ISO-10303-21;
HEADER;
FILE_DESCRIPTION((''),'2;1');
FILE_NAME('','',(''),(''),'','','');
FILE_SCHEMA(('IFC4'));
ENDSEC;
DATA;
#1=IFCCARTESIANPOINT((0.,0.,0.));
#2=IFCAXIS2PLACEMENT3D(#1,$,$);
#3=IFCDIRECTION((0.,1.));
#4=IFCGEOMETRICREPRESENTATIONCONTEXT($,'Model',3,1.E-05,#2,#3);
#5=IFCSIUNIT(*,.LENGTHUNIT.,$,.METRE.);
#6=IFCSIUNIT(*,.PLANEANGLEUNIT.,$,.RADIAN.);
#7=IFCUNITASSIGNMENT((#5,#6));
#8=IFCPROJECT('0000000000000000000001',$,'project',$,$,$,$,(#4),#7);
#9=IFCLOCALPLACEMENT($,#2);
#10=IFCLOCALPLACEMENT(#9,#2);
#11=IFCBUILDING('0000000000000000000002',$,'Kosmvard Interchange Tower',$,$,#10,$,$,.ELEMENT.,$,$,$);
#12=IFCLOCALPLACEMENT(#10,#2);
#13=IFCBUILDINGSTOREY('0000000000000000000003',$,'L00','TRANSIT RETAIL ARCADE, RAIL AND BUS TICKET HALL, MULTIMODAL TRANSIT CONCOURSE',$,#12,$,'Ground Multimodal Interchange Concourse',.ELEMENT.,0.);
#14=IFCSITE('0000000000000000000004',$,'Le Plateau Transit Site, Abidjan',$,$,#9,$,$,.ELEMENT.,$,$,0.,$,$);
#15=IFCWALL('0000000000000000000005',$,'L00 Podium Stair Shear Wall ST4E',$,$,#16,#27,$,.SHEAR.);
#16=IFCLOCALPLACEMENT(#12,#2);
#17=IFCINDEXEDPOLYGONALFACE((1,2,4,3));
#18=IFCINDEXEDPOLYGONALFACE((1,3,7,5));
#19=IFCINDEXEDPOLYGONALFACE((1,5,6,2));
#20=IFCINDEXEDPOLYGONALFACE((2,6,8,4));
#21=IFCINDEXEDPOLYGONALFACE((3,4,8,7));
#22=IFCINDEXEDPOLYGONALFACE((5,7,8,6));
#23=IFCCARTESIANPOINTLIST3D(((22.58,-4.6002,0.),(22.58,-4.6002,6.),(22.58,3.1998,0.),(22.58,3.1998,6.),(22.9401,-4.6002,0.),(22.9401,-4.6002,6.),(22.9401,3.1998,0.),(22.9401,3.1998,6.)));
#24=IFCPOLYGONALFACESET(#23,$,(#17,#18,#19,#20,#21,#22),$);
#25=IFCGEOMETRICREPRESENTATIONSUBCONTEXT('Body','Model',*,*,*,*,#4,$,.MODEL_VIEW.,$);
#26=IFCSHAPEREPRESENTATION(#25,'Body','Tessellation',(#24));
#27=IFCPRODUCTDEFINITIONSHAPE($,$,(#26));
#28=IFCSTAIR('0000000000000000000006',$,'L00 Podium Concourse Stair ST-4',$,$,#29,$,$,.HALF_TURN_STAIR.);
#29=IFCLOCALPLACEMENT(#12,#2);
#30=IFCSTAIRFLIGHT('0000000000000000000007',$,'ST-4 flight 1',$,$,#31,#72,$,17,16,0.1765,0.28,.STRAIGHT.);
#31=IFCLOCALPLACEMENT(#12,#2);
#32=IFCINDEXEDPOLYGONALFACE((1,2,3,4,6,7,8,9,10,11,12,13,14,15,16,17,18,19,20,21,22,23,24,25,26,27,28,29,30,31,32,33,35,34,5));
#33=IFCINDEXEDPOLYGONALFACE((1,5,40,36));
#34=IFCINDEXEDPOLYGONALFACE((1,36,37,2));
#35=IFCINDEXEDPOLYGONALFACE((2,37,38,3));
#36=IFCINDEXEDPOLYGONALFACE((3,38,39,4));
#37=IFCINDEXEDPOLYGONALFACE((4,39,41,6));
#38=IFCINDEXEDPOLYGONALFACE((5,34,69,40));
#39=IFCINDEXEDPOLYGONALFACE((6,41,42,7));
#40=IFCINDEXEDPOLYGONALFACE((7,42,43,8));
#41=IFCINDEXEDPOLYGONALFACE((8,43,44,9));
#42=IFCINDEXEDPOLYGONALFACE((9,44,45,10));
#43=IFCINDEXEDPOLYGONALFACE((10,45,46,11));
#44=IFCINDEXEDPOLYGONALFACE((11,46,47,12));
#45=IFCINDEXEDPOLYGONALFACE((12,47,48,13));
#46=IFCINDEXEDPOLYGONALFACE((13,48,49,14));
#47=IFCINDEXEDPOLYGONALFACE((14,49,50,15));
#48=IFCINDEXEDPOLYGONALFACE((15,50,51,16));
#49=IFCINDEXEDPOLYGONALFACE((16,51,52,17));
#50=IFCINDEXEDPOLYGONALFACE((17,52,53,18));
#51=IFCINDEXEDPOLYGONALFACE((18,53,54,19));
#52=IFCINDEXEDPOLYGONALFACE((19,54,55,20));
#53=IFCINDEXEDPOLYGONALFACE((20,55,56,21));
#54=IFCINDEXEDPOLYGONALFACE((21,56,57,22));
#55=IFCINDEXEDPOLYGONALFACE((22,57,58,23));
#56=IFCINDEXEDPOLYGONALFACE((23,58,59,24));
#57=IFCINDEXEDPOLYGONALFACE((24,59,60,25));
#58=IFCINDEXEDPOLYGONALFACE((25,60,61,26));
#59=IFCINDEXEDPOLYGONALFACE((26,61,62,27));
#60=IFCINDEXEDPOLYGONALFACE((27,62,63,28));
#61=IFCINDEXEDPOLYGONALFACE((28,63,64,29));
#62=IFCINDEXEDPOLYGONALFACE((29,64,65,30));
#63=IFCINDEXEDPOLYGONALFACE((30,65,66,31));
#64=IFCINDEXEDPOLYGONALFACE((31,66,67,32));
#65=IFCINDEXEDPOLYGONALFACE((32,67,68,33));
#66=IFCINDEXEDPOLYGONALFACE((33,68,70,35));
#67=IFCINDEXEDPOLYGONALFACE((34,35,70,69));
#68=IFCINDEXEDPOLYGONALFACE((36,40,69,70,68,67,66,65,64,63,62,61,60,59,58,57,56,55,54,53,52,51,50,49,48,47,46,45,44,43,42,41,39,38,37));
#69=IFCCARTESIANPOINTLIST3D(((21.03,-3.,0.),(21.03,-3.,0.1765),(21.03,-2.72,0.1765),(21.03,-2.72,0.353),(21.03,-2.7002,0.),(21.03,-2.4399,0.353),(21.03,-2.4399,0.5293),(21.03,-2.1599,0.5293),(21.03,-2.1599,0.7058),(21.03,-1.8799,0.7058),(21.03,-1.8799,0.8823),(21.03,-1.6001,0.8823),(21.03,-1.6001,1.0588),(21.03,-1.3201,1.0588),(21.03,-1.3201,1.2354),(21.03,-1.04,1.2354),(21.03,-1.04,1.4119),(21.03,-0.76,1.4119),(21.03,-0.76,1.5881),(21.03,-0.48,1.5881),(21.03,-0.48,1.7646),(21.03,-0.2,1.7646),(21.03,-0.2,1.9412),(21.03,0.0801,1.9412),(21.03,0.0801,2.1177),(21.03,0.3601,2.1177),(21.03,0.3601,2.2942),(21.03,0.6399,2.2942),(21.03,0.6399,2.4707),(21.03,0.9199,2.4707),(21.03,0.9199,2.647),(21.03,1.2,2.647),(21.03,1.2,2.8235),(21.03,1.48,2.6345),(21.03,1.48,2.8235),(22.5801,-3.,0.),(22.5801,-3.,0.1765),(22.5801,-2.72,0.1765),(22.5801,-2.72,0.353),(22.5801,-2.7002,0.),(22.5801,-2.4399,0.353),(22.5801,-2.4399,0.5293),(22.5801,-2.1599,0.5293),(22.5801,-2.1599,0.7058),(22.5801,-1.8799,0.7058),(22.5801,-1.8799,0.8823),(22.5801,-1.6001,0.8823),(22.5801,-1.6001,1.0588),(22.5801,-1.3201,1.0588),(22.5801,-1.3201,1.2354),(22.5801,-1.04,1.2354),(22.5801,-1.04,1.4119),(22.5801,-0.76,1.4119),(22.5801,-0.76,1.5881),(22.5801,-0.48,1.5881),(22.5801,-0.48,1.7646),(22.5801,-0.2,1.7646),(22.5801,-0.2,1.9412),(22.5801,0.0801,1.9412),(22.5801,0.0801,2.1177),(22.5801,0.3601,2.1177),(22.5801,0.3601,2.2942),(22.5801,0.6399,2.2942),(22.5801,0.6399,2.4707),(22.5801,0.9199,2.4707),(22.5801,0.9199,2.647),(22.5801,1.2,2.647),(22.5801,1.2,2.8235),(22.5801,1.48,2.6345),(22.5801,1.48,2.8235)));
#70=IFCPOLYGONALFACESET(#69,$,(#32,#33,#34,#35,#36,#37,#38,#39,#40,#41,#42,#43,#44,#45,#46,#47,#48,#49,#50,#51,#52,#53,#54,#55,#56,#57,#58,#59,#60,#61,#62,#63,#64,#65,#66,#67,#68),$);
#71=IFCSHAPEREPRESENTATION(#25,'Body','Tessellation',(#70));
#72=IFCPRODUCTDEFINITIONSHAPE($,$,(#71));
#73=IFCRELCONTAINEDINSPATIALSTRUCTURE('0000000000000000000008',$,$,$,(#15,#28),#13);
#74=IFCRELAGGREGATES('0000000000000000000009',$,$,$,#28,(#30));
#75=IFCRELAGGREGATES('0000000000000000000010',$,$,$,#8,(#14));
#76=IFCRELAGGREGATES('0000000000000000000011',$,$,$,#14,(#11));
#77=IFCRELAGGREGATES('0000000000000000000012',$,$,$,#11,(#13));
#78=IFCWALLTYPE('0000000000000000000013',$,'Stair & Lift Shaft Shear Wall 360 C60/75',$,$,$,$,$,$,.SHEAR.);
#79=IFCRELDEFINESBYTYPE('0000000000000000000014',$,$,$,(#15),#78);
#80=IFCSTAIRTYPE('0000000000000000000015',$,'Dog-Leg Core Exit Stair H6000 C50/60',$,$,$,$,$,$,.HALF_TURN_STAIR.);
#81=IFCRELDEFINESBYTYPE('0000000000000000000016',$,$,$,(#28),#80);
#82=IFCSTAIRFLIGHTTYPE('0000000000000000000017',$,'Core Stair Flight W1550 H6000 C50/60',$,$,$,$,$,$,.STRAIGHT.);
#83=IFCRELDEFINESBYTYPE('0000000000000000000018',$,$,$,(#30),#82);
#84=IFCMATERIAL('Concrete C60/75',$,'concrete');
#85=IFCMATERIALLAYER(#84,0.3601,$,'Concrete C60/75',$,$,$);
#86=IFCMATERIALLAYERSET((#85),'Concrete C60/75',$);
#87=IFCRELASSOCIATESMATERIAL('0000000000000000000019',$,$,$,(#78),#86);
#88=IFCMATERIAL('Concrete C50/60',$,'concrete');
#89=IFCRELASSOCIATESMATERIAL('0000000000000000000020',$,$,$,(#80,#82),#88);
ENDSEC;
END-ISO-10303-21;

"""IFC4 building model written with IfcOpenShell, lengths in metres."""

from ifc_helpers import new_model, si_unit, direction, frame, frame_2d, origin, place, context, subcontext, project, spatial, polyline, rectangle, outline, extrude, source, transform, mapped, material, layer, layer_set, type_object, element, aggregate, save


model = new_model("IFC4")

# Units and contexts
model_context = context("Model", 3, precision=1e-05, world=origin(), true_north=direction((0.0, 1.0)))
body_context = subcontext(model_context, "Body", "Model", "MODEL_VIEW")
ifc_project = project(units=[si_unit("LENGTHUNIT", "METRE"), si_unit("PLANEANGLEUNIT", "RADIAN")], contexts=[model_context])

# Site, building, storey
site_placement = place(None, origin())
site = spatial("IfcSite", under=ifc_project, at=site_placement, Name="Le Plateau Transit Site, Abidjan", CompositionType="ELEMENT", RefElevation=0.0)
building_placement = place(site_placement, origin())
building = spatial("IfcBuilding", under=site, at=building_placement, Name="Kosmvard Interchange Tower", CompositionType="ELEMENT")
storey_placement = place(building_placement, origin())
storey = spatial("IfcBuildingStorey", under=building, at=storey_placement, Name="L00", Description="TRANSIT RETAIL ARCADE, RAIL AND BUS TICKET HALL, MULTIMODAL TRANSIT CONCOURSE", LongName="Ground Multimodal Interchange Concourse", CompositionType="ELEMENT", Elevation=0.0)

# Shared definitions
ifc_material_1 = material(Name="Concrete C60/75", Category="concrete")

# Shared definitions
ifc_layer_1 = layer(ifc_material_1, 0.3601, Name="Concrete C60/75")
ifc_layer_set_1 = layer_set([ifc_layer_1], Name="Concrete C60/75")
wall_type_1 = type_object("IfcWallType", Name="Stair & Lift Shaft Shear Wall 360 C60/75", PredefinedType="SHEAR", material=ifc_layer_set_1)

# Wall
for number, where, z_axis, x_axis, name in (
    (1, (22.76, -4.6001, 0.0), (0.0, 0.0, 1.0), (0.0, 1.0, 0.0), "L00 Podium Stair Shear Wall ST4E"),
):
    element("IfcWall", number, at=place(storey_placement, frame(where, z_axis=z_axis, x_axis=x_axis)), inside=storey, type_object=wall_type_1, Name=name, PredefinedType="SHEAR", context=body_context, shape_type="SweptSolid", body=[
        extrude(rectangle(XDim=7.8, YDim=0.3601, at=frame_2d((3.8999, 0.0))), origin(), (0.0, 0.0, 1.0), 6.0),
    ])

# Stair, stair flight
ifc_material_2 = material(Name="Concrete C50/60", Category="concrete")
stair_type = type_object("IfcStairType", Name="Dog-Leg Core Exit Stair H6000 C50/60", PredefinedType="HALF_TURN_STAIR", material=ifc_material_2)
stair_placement = place(storey_placement, origin())
stair = element("IfcStair", 2, at=stair_placement, inside=storey, type_object=stair_type, Name="L00 Podium Concourse Stair ST-4", PredefinedType="HALF_TURN_STAIR")
stair_flight_type = type_object("IfcStairFlightType", Name="Core Stair Flight W1550 H6000 C50/60", PredefinedType="STRAIGHT", material=ifc_material_2)
shared_shape_1 = source(origin(), body_context, "Body", "SweptSolid", [
    extrude(outline(polyline([(0.0, 0.0), (0.0, 0.1765), (0.28, 0.1765), (0.28, 0.353), (0.5601, 0.353), (0.5601, 0.5293), (0.8401, 0.5293), (0.8401, 0.7058), (1.1201, 0.7058), (1.1201, 0.8823), (1.3999, 0.8823), (1.3999, 1.0588), (1.6799, 1.0588), (1.6799, 1.2354), (1.96, 1.2354), (1.96, 1.4119), (2.24, 1.4119), (2.24, 1.5881), (2.52, 1.5881), (2.52, 1.7646), (2.8, 1.7646), (2.8, 1.9412), (3.0801, 1.9412), (3.0801, 2.1177), (3.3601, 2.1177), (3.3601, 2.2942), (3.6399, 2.2942), (3.6399, 2.4707), (3.9199, 2.4707), (3.9199, 2.647), (4.2, 2.647), (4.2, 2.8235), (4.48, 2.8235), (4.48, 3.0), (4.48, 2.6345), (0.2998, 0.0), (0.0, 0.0)])), frame((0.0, 0.7749, 0.0), z_axis=(0.0, -1.0, 0.0), x_axis=(1.0, 0.0, 0.0)), (0.0, 0.0, 1.0), 1.55),
])
stair_flight_placement = place(storey_placement, frame((21.8049, -3.0, 0.0), z_axis=(0.0, 0.0, 1.0), x_axis=(0.0, 1.0, 0.0)))
stair_flight = element("IfcStairFlight", 3, at=stair_flight_placement, type_object=stair_flight_type, Name="ST-4 flight 1", NumberOfRisers=17, NumberOfTreads=16, PredefinedType="STRAIGHT", RiserHeight=0.1765, TreadLength=0.28, context=body_context, shape_type="MappedRepresentation", body=[
    mapped(shared_shape_1, transform((0.0, 0.0, 0.0), scale=1.0)),
])
aggregate(stair, [stair_flight])

save(model, "model.ifc")
